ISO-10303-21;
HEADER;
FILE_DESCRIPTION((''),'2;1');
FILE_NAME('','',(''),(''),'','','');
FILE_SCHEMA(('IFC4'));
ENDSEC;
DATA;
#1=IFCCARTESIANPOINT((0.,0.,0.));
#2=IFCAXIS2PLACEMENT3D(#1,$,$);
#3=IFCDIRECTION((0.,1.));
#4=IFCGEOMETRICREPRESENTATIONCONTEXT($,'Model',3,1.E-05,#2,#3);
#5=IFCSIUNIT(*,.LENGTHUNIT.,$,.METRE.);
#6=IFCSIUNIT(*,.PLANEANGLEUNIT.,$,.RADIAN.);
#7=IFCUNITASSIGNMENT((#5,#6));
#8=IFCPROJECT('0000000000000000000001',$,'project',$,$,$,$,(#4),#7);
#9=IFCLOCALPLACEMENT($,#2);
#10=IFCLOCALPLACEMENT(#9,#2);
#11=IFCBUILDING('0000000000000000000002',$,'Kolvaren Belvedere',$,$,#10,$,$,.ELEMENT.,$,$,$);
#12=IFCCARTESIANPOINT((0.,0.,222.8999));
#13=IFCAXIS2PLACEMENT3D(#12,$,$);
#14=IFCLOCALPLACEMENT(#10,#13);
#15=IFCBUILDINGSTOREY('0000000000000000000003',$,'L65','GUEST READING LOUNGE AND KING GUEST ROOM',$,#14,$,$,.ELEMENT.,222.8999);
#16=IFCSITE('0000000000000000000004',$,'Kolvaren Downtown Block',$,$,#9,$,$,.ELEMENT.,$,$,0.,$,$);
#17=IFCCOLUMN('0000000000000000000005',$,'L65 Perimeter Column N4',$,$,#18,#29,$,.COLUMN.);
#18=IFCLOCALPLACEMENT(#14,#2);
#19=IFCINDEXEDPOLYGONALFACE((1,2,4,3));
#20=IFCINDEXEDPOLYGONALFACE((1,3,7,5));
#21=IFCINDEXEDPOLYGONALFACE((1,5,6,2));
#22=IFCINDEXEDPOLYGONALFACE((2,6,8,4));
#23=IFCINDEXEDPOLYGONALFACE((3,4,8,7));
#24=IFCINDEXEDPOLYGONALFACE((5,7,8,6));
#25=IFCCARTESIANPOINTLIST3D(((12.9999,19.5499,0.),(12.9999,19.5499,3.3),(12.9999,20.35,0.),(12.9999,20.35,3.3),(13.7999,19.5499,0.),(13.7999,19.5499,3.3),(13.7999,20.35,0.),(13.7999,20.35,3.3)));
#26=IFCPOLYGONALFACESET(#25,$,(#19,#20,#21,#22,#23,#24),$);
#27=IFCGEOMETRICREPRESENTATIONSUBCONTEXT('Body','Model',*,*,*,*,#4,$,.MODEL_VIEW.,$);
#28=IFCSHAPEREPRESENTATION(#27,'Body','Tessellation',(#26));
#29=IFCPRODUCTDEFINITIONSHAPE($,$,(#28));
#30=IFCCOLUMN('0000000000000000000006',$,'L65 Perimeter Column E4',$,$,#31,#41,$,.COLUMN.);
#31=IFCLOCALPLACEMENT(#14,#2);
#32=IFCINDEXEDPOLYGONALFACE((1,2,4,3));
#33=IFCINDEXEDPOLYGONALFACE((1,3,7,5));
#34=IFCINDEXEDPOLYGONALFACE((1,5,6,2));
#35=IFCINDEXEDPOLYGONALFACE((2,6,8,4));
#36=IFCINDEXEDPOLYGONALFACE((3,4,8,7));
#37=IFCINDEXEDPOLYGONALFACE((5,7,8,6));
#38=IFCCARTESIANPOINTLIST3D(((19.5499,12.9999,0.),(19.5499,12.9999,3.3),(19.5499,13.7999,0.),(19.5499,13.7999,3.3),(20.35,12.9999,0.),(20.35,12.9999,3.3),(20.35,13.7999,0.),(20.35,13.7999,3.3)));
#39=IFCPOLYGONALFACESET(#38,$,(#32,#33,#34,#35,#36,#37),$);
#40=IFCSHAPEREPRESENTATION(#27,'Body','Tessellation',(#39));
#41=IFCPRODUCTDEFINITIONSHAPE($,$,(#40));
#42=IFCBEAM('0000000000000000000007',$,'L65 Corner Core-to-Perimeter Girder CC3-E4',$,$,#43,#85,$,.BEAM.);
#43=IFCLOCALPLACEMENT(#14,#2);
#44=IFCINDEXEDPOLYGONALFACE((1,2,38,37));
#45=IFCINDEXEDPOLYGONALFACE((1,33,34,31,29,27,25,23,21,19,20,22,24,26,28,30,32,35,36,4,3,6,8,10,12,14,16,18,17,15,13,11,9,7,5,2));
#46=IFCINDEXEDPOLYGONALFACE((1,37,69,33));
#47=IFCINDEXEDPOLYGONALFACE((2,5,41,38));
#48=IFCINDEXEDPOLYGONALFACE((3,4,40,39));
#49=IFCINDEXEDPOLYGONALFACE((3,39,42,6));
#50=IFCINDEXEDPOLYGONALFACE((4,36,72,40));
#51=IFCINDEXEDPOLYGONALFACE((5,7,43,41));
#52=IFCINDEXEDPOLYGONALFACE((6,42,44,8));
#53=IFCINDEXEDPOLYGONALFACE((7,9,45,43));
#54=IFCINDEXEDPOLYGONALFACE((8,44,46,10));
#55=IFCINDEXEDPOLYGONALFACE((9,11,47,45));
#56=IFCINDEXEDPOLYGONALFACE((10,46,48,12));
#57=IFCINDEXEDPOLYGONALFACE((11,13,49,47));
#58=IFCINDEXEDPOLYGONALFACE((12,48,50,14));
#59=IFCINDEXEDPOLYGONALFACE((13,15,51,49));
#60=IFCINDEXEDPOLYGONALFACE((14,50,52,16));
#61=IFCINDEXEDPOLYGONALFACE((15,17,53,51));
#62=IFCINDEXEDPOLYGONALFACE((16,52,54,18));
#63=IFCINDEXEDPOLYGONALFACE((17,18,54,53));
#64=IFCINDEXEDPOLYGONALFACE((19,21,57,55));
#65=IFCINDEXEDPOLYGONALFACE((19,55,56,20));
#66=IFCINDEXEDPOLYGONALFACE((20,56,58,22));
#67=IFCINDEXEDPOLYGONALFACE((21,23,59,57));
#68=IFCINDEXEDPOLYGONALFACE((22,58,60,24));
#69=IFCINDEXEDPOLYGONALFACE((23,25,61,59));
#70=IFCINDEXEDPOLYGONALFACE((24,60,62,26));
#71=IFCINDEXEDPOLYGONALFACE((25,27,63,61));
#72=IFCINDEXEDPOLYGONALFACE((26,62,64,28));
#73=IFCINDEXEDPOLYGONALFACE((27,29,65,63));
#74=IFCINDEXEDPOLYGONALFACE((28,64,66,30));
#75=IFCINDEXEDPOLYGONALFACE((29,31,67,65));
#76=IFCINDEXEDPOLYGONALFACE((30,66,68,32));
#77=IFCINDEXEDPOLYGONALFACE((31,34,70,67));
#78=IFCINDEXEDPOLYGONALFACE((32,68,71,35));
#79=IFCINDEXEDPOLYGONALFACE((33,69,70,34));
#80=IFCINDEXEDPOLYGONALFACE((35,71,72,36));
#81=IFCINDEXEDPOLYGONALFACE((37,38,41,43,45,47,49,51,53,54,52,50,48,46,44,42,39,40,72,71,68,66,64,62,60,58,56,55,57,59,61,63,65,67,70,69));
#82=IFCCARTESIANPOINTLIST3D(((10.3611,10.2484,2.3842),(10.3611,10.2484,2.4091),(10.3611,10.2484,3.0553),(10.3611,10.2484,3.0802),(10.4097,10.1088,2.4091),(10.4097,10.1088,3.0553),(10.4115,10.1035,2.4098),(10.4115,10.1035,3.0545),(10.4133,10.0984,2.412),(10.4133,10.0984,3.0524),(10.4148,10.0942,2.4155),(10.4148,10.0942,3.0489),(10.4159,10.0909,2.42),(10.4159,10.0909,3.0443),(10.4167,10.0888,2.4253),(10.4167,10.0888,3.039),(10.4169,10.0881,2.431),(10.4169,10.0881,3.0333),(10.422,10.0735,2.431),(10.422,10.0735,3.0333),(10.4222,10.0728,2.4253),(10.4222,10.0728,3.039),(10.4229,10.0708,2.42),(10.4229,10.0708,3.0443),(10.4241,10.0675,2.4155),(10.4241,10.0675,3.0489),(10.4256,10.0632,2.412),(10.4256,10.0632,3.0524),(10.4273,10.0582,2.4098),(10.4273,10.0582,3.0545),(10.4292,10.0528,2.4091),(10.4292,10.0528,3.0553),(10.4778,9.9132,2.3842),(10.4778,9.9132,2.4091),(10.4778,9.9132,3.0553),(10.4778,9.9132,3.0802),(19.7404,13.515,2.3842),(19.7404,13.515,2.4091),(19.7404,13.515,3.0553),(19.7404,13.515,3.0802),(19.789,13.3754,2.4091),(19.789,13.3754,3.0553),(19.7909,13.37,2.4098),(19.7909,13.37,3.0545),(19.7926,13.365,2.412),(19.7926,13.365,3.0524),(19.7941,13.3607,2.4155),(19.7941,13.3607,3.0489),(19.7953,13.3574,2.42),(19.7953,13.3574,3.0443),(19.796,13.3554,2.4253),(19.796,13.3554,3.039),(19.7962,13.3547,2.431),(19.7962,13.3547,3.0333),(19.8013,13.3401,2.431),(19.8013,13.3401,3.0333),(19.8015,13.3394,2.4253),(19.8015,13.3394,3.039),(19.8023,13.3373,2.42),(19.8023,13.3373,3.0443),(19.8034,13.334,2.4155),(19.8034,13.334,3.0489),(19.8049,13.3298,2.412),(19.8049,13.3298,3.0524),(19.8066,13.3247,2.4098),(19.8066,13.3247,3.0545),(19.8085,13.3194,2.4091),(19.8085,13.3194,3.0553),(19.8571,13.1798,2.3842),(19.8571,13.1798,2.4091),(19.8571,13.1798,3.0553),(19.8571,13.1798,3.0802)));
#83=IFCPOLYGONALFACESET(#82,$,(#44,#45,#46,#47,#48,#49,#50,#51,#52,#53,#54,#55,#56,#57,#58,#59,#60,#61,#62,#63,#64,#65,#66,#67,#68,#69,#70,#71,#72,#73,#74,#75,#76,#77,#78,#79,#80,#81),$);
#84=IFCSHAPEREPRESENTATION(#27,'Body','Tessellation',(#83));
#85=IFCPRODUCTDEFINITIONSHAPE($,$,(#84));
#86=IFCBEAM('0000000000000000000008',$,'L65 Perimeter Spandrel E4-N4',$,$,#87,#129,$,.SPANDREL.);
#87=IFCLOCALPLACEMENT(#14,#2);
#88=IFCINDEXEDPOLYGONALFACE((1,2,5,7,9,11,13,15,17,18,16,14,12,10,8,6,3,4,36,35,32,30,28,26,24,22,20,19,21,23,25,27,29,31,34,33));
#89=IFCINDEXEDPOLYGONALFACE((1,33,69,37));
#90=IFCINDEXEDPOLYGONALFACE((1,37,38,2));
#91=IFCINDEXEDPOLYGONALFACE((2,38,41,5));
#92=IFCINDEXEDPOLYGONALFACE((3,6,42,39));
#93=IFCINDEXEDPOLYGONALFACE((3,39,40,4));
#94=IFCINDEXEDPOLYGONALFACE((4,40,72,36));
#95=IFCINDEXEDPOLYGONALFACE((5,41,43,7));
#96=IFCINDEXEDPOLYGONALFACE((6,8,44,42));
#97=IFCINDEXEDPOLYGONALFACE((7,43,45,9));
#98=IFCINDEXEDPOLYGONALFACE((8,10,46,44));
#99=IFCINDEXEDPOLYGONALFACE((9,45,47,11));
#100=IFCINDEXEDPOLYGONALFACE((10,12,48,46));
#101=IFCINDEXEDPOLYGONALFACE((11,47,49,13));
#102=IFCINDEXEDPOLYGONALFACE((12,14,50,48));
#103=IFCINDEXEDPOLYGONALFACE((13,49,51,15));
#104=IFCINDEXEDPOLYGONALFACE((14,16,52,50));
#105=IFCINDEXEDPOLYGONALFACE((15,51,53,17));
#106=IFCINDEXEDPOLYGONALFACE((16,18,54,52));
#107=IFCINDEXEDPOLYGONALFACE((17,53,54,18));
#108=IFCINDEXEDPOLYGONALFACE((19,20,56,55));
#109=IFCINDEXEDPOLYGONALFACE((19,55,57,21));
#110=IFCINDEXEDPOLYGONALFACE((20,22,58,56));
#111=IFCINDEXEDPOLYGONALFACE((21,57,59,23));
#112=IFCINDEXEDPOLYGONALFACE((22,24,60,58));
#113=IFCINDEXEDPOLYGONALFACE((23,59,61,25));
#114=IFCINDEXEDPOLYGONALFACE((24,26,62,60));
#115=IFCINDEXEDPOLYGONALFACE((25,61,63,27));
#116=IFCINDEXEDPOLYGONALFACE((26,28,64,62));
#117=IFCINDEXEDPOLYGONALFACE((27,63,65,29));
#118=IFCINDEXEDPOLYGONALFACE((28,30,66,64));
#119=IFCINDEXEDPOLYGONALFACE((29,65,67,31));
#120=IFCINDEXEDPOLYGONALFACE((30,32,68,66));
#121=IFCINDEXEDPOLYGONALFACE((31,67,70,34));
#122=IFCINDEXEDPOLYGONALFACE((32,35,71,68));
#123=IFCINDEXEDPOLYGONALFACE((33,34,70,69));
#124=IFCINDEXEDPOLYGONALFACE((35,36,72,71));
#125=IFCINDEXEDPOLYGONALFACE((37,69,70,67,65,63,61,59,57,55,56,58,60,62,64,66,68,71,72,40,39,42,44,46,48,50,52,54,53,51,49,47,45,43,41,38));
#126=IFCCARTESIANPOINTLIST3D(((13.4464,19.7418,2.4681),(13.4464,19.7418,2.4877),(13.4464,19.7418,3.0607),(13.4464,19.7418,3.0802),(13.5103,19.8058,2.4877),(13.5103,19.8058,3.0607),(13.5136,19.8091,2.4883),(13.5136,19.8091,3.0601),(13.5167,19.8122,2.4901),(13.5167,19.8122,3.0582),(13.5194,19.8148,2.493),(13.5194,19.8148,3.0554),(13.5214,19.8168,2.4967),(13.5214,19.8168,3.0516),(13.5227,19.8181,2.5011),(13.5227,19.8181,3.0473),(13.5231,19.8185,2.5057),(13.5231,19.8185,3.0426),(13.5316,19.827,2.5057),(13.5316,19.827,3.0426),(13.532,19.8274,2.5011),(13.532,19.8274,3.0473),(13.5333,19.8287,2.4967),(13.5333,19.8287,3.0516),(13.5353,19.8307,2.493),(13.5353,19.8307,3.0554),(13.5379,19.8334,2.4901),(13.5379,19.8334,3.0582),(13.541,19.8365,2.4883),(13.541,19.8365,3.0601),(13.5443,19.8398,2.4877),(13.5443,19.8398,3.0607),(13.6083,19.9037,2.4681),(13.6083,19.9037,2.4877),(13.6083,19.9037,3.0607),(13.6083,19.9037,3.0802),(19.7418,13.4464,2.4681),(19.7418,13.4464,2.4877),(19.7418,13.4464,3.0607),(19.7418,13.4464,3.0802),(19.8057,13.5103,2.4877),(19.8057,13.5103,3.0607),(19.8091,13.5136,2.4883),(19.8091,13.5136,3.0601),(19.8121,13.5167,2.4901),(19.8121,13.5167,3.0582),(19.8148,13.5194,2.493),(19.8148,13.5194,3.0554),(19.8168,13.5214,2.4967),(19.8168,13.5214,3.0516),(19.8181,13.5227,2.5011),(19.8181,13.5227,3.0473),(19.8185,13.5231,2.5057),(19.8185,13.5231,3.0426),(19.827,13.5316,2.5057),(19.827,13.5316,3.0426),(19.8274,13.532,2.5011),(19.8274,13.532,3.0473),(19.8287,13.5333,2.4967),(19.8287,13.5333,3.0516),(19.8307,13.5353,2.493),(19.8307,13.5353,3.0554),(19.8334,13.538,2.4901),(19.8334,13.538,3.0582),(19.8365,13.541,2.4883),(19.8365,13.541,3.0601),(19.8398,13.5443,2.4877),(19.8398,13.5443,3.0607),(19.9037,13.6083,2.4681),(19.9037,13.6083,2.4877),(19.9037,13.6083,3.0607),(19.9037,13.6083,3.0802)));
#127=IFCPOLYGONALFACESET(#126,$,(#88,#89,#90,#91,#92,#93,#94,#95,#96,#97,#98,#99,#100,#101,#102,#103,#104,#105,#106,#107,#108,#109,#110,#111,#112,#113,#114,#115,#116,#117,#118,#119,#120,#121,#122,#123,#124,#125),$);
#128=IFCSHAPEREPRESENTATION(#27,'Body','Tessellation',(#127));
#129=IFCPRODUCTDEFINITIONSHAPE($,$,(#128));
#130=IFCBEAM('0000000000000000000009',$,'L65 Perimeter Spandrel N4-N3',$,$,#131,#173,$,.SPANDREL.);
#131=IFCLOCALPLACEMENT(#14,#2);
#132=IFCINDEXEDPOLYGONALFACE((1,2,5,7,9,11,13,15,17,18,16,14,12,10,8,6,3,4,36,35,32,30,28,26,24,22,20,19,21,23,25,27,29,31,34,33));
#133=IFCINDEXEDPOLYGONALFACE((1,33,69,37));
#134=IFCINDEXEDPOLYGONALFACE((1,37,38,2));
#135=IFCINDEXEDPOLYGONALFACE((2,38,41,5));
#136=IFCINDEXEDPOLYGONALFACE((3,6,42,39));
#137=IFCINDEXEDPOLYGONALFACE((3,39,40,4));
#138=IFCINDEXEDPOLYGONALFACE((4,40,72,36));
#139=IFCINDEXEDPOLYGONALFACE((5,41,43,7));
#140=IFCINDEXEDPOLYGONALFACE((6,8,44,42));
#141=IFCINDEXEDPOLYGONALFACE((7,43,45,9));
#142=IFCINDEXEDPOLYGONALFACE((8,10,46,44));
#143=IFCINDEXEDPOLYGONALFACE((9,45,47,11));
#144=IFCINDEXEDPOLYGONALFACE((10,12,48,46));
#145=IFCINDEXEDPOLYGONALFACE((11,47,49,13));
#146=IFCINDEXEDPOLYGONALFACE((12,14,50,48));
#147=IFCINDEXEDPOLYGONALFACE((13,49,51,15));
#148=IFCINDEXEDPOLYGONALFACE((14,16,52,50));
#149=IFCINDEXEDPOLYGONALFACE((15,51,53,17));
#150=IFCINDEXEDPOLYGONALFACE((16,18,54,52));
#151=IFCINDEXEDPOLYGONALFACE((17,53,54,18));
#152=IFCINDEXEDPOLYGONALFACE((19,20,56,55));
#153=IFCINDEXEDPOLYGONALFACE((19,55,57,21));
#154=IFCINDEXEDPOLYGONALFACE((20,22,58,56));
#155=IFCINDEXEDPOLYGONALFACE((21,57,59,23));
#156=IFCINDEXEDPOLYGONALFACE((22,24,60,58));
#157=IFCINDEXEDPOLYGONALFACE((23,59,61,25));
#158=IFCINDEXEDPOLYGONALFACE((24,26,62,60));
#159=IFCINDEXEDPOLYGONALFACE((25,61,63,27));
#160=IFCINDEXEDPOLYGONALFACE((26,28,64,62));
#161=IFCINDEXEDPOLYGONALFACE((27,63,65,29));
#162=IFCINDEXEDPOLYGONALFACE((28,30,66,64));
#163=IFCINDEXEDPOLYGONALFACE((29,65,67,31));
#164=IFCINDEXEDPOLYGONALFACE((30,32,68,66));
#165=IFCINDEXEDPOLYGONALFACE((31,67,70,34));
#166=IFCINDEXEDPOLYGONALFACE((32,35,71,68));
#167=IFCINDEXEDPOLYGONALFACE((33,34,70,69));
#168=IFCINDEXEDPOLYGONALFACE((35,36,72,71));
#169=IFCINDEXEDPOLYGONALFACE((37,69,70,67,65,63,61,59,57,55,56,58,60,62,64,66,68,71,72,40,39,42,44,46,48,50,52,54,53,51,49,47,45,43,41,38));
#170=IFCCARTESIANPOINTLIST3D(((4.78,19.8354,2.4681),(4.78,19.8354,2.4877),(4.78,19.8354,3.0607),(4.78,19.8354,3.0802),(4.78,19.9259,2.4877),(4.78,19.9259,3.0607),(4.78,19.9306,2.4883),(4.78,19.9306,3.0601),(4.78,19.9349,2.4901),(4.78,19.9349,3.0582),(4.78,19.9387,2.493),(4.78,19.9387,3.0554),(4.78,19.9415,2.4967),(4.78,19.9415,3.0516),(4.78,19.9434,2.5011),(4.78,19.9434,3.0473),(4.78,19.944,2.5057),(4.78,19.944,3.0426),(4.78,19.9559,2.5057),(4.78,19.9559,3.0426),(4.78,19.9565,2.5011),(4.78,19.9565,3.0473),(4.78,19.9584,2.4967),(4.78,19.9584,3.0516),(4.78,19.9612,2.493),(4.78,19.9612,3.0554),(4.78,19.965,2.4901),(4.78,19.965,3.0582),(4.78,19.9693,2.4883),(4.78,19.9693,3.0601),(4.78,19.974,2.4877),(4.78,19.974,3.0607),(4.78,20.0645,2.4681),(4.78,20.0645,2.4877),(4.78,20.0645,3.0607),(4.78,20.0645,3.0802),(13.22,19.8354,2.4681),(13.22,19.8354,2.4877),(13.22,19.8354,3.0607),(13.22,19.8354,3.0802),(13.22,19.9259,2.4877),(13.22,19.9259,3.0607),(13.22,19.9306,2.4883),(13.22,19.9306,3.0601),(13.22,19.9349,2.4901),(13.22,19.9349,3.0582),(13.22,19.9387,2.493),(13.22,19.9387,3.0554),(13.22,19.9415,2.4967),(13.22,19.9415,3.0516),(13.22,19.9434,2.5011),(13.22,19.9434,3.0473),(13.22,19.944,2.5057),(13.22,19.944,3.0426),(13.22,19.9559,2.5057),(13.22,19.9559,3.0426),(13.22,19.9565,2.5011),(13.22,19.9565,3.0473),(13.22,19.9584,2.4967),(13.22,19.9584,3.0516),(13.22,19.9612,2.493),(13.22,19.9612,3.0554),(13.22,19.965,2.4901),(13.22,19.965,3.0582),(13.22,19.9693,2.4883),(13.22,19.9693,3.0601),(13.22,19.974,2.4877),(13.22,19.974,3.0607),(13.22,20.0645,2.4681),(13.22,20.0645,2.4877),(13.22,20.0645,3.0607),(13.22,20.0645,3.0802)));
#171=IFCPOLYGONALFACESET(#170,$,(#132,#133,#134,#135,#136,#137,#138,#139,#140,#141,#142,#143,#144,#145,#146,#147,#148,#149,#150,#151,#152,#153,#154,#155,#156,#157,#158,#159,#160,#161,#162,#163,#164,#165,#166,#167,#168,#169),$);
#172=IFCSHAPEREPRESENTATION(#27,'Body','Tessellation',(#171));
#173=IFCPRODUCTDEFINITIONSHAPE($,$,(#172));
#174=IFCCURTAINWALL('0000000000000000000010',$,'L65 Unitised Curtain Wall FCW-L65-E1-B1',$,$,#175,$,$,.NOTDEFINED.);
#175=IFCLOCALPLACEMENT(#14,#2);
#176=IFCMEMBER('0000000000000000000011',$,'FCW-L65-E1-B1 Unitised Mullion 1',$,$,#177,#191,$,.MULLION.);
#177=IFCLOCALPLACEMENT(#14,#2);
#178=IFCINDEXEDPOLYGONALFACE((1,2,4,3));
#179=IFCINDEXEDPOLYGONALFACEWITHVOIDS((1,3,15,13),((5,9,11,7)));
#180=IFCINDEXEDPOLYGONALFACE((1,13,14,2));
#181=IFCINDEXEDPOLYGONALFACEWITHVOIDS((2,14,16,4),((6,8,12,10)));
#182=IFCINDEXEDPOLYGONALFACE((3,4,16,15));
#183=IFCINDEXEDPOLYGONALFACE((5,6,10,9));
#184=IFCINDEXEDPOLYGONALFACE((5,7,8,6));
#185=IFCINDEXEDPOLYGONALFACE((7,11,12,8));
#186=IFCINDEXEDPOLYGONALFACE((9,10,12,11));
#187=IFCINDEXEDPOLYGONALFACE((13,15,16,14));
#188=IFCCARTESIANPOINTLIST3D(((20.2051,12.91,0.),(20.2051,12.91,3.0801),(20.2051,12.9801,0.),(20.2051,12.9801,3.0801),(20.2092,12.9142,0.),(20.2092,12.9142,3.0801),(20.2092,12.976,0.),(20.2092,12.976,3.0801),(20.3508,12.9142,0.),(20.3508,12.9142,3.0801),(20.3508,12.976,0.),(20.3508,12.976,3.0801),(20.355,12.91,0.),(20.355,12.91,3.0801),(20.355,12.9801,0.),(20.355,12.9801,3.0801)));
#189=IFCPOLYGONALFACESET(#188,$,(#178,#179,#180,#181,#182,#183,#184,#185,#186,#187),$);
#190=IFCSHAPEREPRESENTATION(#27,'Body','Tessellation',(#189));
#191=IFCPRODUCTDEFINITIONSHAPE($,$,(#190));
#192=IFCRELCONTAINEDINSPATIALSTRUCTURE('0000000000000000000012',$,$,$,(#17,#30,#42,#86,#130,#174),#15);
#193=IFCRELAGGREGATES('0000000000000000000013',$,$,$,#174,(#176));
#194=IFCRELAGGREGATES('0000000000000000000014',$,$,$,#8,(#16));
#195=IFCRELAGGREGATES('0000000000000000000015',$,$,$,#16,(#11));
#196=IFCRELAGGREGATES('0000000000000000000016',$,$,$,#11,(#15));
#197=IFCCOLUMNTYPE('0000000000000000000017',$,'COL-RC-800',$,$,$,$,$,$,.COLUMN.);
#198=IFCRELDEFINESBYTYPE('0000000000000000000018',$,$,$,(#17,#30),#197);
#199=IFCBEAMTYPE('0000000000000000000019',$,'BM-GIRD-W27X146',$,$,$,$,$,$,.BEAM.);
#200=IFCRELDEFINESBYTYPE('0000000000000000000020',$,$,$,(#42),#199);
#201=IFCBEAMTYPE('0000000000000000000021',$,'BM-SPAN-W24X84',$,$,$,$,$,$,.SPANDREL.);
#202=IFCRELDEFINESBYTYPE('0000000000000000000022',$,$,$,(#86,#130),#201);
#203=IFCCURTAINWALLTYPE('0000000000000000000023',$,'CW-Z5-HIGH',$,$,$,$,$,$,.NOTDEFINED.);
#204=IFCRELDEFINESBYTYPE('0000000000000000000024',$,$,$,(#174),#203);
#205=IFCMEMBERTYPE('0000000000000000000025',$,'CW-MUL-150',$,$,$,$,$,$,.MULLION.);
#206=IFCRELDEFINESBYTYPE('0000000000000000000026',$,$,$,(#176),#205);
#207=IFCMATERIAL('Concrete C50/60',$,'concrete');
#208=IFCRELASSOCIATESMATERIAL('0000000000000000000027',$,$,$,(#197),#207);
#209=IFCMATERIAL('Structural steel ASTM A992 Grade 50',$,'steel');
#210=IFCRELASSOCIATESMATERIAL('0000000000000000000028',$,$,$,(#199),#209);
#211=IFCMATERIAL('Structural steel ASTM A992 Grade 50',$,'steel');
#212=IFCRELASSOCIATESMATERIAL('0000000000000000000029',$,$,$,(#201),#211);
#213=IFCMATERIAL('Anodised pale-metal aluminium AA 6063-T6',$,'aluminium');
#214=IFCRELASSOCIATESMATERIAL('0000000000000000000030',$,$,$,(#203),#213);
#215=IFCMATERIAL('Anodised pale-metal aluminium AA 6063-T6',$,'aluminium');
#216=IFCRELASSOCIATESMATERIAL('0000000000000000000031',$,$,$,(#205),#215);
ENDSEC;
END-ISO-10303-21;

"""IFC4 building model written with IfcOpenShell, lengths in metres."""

from ifc_helpers import new_model, si_unit, direction, frame, origin, origin_2d, place, context, subcontext, project, spatial, rectangle, hollow_rectangle, i_section, extrude, material, material_profile, profile_set, type_object, element, aggregate, save


model = new_model("IFC4")

# Units and contexts
model_context = context("Model", 3, precision=1e-05, world=origin(), true_north=direction((0.0, 1.0)))
body_context = subcontext(model_context, "Body", "Model", "MODEL_VIEW")
ifc_project = project(units=[si_unit("LENGTHUNIT", "METRE"), si_unit("PLANEANGLEUNIT", "RADIAN")], contexts=[model_context])

# Site, building, storey
site_placement = place(None, origin())
site = spatial("IfcSite", under=ifc_project, at=site_placement, Name="Kolvaren Downtown Block", CompositionType="ELEMENT", RefElevation=0.0)
building_placement = place(site_placement, origin())
building = spatial("IfcBuilding", under=site, at=building_placement, Name="Kolvaren Belvedere", CompositionType="ELEMENT")
storey_placement = place(building_placement, frame((0.0, 0.0, 222.8999)))
storey = spatial("IfcBuildingStorey", under=building, at=storey_placement, Name="L65", Description="GUEST READING LOUNGE AND KING GUEST ROOM", CompositionType="ELEMENT", Elevation=222.8999)

# Columns
ifc_material_1 = material(Name="Concrete C50/60", Category="concrete")
ifc_material_profile_1 = material_profile(ifc_material_1, rectangle(XDim=0.8, YDim=0.8, at=origin_2d()), Name="RC 800X800")
ifc_profile_set_1 = profile_set([ifc_material_profile_1], Name="Concrete C50/60")
column_type = type_object("IfcColumnType", Name="COL-RC-800", PredefinedType="COLUMN", material=ifc_profile_set_1)
for number, where, z_axis, x_axis, name in (
    (1, (13.3999, 19.95, 0.0), (0.0, 0.0, 1.0), (1.0, 0.0, 0.0), "L65 Perimeter Column N4"),
    (2, (19.95, 13.3999, 0.0), (0.0, 0.0, 1.0), (1.0, 0.0, 0.0), "L65 Perimeter Column E4"),
):
    element("IfcColumn", number, at=place(storey_placement, frame(where, z_axis=z_axis, x_axis=x_axis)), inside=storey, type_object=column_type, Name=name, PredefinedType="COLUMN", context=body_context, shape_type="SweptSolid", body=[
        extrude(rectangle(XDim=0.8, YDim=0.8, at=origin_2d()), origin(), (0.0, 0.0, 1.0), 3.3),
    ])

# Beams
ifc_material_2 = material(Name="Structural steel ASTM A992 Grade 50", Category="steel")
ifc_material_profile_2 = material_profile(ifc_material_2, i_section(OverallWidth=0.355, OverallDepth=0.696, WebThickness=0.0154, FlangeThickness=0.0249, FilletRadius=0.022, at=origin_2d()), Name="W27X146")
ifc_profile_set_2 = profile_set([ifc_material_profile_2], Name="Structural steel ASTM A992 Grade 50")
beam_type_1 = type_object("IfcBeamType", Name="BM-GIRD-W27X146", PredefinedType="BEAM", material=ifc_profile_set_2)
beam_1_placement = place(storey_placement, frame((10.4194, 10.0808, 2.7322), z_axis=(0.944365, 0.328898, 0.0), x_axis=(-0.328898, 0.944365, 0.0)))
element("IfcBeam", 3, at=beam_1_placement, inside=storey, type_object=beam_type_1, Name="L65 Corner Core-to-Perimeter Girder CC3-E4", PredefinedType="BEAM", context=body_context, shape_type="SweptSolid", body=[
    extrude(i_section(OverallWidth=0.355, OverallDepth=0.696, WebThickness=0.0154, FlangeThickness=0.0249, FilletRadius=0.022, at=origin_2d()), origin(), (0.0, 0.0, 1.0), 9.9319),
])
ifc_material_3 = material(Name="Structural steel ASTM A992 Grade 50", Category="steel")
ifc_material_profile_3 = material_profile(ifc_material_3, i_section(OverallWidth=0.229, OverallDepth=0.6121, WebThickness=0.012, FlangeThickness=0.0195, FilletRadius=0.0181, at=origin_2d()), Name="W24X84")
ifc_profile_set_3 = profile_set([ifc_material_profile_3], Name="Structural steel ASTM A992 Grade 50")
beam_type_2 = type_object("IfcBeamType", Name="BM-SPAN-W24X84", PredefinedType="SPANDREL", material=ifc_profile_set_3)
beam_2_placement = place(storey_placement, frame((19.8228, 13.5273, 2.7742), z_axis=(-0.707107, 0.707107, 0.0), x_axis=(-0.707107, -0.707107, 0.0)))
element("IfcBeam", 4, at=beam_2_placement, inside=storey, type_object=beam_type_2, Name="L65 Perimeter Spandrel E4-N4", PredefinedType="SPANDREL", context=body_context, shape_type="SweptSolid", body=[
    extrude(i_section(OverallWidth=0.229, OverallDepth=0.6121, WebThickness=0.012, FlangeThickness=0.0195, FilletRadius=0.0181, at=origin_2d()), origin(), (0.0, 0.0, 1.0), 8.9031),
])
beam_3_placement = place(storey_placement, frame((13.22, 19.95, 2.7742), z_axis=(-1.0, 0.0, 0.0), x_axis=(0.0, -1.0, 0.0)))
element("IfcBeam", 5, at=beam_3_placement, inside=storey, type_object=beam_type_2, Name="L65 Perimeter Spandrel N4-N3", PredefinedType="SPANDREL", context=body_context, shape_type="SweptSolid", body=[
    extrude(i_section(OverallWidth=0.229, OverallDepth=0.6121, WebThickness=0.012, FlangeThickness=0.0195, FilletRadius=0.0181, at=origin_2d()), origin(), (0.0, 0.0, 1.0), 8.4399),
])

# Curtain wall, member
ifc_material_4 = material(Name="Anodised pale-metal aluminium AA 6063-T6", Category="aluminium")
curtain_wall_type = type_object("IfcCurtainWallType", Name="CW-Z5-HIGH", PredefinedType="NOTDEFINED", material=ifc_material_4)
curtain_wall_1_placement = place(storey_placement, origin())
curtain_wall_1 = element("IfcCurtainWall", 6, at=curtain_wall_1_placement, inside=storey, type_object=curtain_wall_type, Name="L65 Unitised Curtain Wall FCW-L65-E1-B1", PredefinedType="NOTDEFINED")
ifc_material_5 = material(Name="Anodised pale-metal aluminium AA 6063-T6", Category="aluminium")
ifc_material_profile_4 = material_profile(ifc_material_5, hollow_rectangle(XDim=0.0701, YDim=0.1499, WallThickness=0.0042, at=origin_2d()), Name="ALU-MUL-150X70")
ifc_profile_set_4 = profile_set([ifc_material_profile_4], Name="Anodised pale-metal aluminium AA 6063-T6")
member_type_1 = type_object("IfcMemberType", Name="CW-MUL-150", PredefinedType="MULLION", material=ifc_profile_set_4)
member_1_placement = place(storey_placement, frame((20.28, 12.9451, 0.0), z_axis=(0.0, 0.0, 1.0), x_axis=(0.0, 1.0, 0.0)))
member_1 = element("IfcMember", 7, at=member_1_placement, type_object=member_type_1, Name="FCW-L65-E1-B1 Unitised Mullion 1", PredefinedType="MULLION", context=body_context, shape_type="SweptSolid", body=[
    extrude(hollow_rectangle(XDim=0.0701, YDim=0.1499, WallThickness=0.0042, at=origin_2d()), origin(), (0.0, 0.0, 1.0), 3.0801),
])

aggregate(curtain_wall_1, [member_1])

save(model, "model.ifc")
